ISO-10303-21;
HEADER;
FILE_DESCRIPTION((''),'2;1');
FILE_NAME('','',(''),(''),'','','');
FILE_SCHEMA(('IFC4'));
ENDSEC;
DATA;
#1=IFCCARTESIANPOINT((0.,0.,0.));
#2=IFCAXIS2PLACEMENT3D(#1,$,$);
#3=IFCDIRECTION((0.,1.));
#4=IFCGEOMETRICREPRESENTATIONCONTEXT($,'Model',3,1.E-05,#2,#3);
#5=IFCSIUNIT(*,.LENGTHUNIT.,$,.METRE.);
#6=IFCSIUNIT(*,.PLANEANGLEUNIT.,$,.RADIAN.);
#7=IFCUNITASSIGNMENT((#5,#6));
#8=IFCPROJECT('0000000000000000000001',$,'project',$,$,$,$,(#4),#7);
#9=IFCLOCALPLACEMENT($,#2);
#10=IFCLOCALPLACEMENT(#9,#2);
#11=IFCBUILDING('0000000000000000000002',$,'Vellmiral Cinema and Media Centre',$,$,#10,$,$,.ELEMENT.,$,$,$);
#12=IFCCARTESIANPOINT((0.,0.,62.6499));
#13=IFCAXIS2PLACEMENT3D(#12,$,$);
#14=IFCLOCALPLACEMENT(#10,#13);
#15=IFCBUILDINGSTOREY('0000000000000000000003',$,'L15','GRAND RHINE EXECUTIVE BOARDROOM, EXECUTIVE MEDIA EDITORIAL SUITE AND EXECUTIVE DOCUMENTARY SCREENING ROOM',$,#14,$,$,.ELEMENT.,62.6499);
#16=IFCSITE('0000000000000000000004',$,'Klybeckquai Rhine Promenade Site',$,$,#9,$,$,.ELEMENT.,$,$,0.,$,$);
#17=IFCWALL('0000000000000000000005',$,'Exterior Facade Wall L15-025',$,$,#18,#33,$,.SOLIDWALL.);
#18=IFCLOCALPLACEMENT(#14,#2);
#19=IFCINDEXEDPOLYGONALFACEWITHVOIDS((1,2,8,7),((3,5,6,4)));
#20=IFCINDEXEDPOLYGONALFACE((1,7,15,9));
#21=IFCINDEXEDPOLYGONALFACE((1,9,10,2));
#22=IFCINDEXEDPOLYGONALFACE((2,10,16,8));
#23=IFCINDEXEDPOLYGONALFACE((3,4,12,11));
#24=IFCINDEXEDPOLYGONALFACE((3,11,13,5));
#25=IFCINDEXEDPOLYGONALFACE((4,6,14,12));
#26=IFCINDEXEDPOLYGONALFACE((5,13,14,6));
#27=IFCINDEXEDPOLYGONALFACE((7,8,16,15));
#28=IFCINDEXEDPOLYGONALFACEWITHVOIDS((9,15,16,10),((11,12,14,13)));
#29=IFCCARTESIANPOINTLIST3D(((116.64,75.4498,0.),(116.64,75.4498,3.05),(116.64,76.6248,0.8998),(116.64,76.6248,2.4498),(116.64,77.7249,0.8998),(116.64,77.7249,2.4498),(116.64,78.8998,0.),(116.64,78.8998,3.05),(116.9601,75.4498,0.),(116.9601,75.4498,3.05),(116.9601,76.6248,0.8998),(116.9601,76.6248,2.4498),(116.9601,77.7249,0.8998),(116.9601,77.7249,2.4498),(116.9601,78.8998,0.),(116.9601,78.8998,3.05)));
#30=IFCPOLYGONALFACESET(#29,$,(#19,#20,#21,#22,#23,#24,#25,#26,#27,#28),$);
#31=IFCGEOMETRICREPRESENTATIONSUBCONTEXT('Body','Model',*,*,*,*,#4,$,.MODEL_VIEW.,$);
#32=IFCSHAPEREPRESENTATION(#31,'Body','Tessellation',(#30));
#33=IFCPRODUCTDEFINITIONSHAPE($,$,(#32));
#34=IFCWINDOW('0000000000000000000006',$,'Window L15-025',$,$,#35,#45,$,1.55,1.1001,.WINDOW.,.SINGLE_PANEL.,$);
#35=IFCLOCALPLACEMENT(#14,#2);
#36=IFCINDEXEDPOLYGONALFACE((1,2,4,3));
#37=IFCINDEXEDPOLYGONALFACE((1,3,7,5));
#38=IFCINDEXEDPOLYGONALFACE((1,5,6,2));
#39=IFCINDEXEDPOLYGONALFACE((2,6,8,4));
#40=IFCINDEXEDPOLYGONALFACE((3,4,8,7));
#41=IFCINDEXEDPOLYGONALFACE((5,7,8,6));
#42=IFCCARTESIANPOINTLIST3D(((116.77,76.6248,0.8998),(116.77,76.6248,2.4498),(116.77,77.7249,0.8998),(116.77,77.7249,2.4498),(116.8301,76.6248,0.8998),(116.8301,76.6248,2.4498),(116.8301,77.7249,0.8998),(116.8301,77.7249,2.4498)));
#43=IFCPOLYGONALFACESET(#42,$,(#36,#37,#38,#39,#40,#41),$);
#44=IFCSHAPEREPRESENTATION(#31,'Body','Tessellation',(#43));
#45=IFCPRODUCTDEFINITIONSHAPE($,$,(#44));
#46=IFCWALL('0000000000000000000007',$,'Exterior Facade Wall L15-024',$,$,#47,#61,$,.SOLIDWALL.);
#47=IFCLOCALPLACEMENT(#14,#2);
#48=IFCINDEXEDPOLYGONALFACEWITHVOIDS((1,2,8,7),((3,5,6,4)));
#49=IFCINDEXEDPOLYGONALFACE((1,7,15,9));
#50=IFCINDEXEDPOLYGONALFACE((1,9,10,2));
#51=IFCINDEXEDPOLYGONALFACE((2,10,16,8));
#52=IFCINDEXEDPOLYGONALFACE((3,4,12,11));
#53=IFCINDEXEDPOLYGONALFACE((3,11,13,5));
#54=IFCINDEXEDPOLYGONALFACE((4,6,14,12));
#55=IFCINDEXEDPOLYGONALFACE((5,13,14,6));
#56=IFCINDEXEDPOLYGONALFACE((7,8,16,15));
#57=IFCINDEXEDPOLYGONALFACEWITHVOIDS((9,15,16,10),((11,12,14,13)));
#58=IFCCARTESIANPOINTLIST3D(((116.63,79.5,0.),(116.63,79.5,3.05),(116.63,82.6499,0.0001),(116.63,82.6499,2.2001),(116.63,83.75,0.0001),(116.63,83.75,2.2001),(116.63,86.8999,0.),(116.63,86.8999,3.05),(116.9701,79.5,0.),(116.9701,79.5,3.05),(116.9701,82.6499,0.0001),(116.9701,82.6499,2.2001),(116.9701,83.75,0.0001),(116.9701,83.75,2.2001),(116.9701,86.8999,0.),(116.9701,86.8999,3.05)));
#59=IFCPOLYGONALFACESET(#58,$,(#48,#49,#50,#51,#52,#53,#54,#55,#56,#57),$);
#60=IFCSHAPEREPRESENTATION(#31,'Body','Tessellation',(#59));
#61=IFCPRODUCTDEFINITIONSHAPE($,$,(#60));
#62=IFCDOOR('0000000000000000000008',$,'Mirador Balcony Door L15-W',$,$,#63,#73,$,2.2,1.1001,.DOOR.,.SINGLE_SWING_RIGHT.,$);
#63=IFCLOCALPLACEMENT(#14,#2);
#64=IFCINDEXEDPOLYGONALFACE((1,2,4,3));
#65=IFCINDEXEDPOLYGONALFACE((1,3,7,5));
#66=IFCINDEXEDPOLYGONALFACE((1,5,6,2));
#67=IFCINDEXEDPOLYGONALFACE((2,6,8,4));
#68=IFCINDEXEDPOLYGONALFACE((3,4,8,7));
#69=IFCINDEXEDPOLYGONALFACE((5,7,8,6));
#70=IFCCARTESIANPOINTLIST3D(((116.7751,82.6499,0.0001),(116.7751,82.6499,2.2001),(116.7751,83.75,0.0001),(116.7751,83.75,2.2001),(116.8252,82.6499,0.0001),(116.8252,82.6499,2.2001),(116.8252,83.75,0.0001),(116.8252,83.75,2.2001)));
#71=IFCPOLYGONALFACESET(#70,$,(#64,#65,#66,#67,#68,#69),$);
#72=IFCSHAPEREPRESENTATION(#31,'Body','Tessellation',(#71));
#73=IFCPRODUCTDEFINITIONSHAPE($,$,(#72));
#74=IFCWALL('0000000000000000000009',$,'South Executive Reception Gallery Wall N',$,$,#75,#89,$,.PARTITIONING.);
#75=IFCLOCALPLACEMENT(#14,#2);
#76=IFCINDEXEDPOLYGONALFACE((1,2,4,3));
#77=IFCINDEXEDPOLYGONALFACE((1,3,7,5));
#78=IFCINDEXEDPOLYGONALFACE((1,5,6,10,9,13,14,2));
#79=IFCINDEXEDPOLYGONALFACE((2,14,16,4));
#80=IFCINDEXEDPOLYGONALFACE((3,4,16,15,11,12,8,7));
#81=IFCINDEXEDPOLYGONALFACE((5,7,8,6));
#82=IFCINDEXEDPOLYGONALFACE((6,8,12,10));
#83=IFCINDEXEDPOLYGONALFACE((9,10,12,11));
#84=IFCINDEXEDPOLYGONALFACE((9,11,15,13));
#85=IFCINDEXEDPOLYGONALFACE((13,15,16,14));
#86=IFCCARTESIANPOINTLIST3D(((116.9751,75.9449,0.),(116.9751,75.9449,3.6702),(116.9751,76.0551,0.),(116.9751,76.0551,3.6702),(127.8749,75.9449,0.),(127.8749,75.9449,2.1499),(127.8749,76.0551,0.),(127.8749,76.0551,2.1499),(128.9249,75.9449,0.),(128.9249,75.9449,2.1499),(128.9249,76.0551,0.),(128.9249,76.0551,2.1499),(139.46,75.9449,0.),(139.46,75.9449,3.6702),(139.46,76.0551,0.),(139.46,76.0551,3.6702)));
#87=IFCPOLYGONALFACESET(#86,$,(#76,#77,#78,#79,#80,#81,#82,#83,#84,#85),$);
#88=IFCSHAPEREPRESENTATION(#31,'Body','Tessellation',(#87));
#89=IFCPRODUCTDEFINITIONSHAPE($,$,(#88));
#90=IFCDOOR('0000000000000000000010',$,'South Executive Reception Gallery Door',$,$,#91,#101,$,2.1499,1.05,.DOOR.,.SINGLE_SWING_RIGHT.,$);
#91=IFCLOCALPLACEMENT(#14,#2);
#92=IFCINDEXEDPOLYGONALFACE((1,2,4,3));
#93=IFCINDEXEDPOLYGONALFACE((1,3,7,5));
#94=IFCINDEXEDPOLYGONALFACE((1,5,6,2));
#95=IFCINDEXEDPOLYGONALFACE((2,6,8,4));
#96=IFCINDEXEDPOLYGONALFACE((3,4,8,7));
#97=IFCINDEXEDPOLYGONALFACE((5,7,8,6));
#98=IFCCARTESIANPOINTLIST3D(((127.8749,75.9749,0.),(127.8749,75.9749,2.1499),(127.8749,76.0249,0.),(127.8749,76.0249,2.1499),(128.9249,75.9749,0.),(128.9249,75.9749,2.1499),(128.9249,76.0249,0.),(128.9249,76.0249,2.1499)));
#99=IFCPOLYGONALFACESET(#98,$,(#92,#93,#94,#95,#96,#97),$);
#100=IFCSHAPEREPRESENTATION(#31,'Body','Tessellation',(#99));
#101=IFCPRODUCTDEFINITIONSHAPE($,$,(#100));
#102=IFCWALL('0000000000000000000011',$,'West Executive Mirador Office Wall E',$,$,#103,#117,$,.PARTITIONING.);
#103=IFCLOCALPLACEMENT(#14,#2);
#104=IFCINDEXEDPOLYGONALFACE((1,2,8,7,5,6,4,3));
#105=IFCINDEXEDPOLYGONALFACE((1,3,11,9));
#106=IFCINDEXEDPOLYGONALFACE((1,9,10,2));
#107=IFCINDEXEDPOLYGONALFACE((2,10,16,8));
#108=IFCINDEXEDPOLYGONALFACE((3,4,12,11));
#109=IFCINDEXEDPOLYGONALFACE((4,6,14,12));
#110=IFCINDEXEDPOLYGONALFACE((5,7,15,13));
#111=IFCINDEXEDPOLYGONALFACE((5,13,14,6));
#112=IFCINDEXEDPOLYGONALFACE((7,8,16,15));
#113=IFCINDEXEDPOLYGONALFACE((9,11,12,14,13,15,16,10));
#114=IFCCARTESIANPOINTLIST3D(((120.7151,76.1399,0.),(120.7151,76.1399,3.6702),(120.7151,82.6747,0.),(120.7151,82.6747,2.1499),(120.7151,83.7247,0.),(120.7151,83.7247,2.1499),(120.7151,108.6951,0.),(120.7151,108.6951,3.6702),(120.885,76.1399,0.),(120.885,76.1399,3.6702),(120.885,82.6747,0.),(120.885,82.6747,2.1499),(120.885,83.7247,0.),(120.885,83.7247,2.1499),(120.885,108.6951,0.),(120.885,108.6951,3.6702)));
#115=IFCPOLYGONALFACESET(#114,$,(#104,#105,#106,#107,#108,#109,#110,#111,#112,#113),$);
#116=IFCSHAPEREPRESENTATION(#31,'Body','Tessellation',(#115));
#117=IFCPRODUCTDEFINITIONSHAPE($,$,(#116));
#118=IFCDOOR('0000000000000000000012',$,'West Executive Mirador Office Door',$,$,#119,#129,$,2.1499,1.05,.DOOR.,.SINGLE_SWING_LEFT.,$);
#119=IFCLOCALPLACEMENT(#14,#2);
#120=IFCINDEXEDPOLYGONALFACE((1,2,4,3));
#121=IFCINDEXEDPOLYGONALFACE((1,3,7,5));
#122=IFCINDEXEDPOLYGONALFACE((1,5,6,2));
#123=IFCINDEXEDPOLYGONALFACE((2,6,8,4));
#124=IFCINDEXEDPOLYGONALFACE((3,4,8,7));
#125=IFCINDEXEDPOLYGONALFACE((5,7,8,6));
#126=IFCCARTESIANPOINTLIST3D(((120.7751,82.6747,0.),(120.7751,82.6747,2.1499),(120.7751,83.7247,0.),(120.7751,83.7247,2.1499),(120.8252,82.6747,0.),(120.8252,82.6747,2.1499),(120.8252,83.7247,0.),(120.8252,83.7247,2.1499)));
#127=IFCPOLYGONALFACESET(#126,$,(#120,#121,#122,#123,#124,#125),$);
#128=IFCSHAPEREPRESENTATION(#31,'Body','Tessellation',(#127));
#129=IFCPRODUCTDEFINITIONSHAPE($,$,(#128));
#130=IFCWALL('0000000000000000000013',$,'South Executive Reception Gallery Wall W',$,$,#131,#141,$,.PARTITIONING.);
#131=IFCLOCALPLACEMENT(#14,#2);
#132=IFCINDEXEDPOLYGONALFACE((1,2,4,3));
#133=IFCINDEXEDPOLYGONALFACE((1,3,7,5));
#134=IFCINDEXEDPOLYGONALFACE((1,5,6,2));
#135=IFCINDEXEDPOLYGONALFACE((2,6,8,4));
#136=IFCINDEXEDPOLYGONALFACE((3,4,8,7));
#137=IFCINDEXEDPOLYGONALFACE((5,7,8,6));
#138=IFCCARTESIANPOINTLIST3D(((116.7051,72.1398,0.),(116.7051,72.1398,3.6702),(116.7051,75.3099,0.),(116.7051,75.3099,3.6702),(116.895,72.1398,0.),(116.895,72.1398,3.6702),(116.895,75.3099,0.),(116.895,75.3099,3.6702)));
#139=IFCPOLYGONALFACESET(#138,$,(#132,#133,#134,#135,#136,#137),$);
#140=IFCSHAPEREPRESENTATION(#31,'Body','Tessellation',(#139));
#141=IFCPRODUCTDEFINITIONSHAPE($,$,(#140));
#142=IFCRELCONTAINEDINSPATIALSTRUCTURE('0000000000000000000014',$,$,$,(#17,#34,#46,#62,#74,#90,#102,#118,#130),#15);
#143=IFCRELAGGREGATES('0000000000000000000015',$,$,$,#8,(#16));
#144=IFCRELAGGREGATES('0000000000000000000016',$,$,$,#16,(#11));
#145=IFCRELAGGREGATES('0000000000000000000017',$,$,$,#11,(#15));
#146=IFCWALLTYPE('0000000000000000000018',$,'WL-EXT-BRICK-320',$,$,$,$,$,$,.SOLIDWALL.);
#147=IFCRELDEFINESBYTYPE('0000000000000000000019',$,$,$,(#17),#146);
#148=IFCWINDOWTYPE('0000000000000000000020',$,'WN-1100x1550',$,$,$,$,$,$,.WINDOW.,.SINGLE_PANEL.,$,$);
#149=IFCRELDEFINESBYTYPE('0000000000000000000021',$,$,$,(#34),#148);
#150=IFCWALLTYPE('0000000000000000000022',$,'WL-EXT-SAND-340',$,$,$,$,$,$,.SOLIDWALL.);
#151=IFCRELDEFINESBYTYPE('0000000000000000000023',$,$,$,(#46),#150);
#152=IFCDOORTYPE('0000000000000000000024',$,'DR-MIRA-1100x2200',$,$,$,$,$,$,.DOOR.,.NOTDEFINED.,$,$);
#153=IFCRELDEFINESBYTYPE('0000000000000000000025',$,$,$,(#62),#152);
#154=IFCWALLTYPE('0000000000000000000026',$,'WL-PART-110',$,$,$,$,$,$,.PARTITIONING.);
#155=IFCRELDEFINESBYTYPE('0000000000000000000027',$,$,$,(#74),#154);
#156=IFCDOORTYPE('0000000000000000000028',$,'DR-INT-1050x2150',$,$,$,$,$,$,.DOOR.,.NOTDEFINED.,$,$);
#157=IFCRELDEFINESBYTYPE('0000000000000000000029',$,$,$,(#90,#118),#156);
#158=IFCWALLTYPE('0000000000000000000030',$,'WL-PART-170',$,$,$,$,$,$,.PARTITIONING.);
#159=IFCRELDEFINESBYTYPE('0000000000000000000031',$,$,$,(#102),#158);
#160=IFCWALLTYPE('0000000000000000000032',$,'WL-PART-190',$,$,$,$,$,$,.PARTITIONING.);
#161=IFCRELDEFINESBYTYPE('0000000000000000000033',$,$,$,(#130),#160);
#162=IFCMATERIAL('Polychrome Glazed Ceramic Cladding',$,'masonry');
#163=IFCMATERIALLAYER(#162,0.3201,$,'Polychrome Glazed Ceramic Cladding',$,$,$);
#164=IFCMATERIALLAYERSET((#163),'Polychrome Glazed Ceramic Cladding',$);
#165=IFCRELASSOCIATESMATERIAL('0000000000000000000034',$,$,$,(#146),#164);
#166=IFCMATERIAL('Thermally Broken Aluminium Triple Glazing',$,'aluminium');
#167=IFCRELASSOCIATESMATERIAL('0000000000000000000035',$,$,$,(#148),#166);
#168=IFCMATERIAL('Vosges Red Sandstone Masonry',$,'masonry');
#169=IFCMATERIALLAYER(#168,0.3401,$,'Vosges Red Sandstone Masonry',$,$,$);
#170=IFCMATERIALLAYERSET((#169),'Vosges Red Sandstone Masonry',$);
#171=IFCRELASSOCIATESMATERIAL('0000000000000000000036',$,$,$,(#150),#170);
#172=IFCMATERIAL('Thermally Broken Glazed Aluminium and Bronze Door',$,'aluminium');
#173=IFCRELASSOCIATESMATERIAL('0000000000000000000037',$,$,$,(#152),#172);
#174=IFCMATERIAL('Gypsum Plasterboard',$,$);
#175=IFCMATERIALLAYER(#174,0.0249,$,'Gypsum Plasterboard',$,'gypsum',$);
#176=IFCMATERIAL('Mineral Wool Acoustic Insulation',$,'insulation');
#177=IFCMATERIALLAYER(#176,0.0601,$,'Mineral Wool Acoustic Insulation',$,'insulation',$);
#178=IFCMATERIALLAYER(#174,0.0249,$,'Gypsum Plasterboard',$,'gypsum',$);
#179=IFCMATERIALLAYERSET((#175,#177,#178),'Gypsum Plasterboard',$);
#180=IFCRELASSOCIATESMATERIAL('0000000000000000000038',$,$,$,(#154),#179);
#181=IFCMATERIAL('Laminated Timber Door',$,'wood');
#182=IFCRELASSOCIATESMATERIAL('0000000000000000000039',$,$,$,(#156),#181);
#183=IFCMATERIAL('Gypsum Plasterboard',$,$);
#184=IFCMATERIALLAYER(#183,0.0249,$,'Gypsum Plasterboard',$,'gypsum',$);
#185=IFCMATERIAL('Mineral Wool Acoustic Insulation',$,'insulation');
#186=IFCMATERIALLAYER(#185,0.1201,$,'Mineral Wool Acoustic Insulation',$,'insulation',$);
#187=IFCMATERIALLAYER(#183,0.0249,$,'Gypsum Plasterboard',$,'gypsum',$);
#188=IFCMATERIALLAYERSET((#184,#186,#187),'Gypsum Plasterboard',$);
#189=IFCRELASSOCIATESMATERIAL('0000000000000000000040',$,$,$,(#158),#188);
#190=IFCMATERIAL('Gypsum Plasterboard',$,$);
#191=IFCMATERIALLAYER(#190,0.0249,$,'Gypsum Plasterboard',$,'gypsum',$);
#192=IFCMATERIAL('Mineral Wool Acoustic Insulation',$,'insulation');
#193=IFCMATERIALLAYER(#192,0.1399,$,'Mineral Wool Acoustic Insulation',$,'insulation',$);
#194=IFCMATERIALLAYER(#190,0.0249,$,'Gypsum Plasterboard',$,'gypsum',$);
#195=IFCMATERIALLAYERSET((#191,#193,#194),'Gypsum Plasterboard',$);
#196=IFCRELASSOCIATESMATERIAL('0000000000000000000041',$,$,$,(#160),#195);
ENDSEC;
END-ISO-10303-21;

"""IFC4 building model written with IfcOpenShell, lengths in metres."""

from ifc_helpers import new_model, si_unit, direction, frame, frame_2d, origin, place, context, subcontext, project, spatial, rectangle, extrude, material, layer, layer_set, type_object, element, fill, save


model = new_model("IFC4")

# Units and contexts
model_context = context("Model", 3, precision=1e-05, world=origin(), true_north=direction((0.0, 1.0)))
body_context = subcontext(model_context, "Body", "Model", "MODEL_VIEW")
ifc_project = project(units=[si_unit("LENGTHUNIT", "METRE"), si_unit("PLANEANGLEUNIT", "RADIAN")], contexts=[model_context])

# Site, building, storey
site_placement = place(None, origin())
site = spatial("IfcSite", under=ifc_project, at=site_placement, Name="Klybeckquai Rhine Promenade Site", CompositionType="ELEMENT", RefElevation=0.0)
building_placement = place(site_placement, origin())
building = spatial("IfcBuilding", under=site, at=building_placement, Name="Vellmiral Cinema and Media Centre", CompositionType="ELEMENT")
storey_placement = place(building_placement, frame((0.0, 0.0, 62.6499)))
storey = spatial("IfcBuildingStorey", under=building, at=storey_placement, Name="L15", Description="GRAND RHINE EXECUTIVE BOARDROOM, EXECUTIVE MEDIA EDITORIAL SUITE AND EXECUTIVE DOCUMENTARY SCREENING ROOM", CompositionType="ELEMENT", Elevation=62.6499)

# Wall, opening, window
ifc_material_1 = material(Name="Polychrome Glazed Ceramic Cladding", Category="masonry")
ifc_layer_1 = layer(ifc_material_1, 0.3201, Name="Polychrome Glazed Ceramic Cladding")
ifc_layer_set_1 = layer_set([ifc_layer_1], Name="Polychrome Glazed Ceramic Cladding")
wall_type_1 = type_object("IfcWallType", Name="WL-EXT-BRICK-320", PredefinedType="SOLIDWALL", material=ifc_layer_set_1)
wall_1_placement = place(storey_placement, frame((116.8, 78.8999, 0.0), z_axis=(0.0, 0.0, 1.0), x_axis=(0.0, -1.0, 0.0)))
wall_1 = element("IfcWall", 1, at=wall_1_placement, inside=storey, type_object=wall_type_1, Name="Exterior Facade Wall L15-025", PredefinedType="SOLIDWALL", context=body_context, shape_type="SweptSolid", body=[
    extrude(rectangle(XDim=3.45, YDim=0.3201, at=frame_2d((1.7251, 0.0))), origin(), (0.0, 0.0, 1.0), 3.05),
])
opening_1_placement = place(wall_1_placement, frame((1.175, 0.0, 0.8999)))
opening_1 = element("IfcOpeningElement", 2, at=opening_1_placement, cuts=wall_1, PredefinedType="OPENING", context=body_context, shape_type="SweptSolid", body=[
    extrude(rectangle(XDim=1.1001, YDim=1.55, at=frame_2d((0.55, 0.7749))), frame((0.0, 0.1719, 0.0), z_axis=(0.0, -1.0, 0.0), x_axis=(1.0, 0.0, 0.0)), (0.0, 0.0, 1.0), 0.344),
])
ifc_material_2 = material(Name="Thermally Broken Aluminium Triple Glazing", Category="aluminium")
window_type_1 = type_object("IfcWindowType", Name="WN-1100x1550", PartitioningType="SINGLE_PANEL", PredefinedType="WINDOW", material=ifc_material_2)
window_1_placement = place(opening_1_placement, origin())
window_1 = element("IfcWindow", 3, at=window_1_placement, inside=storey, type_object=window_type_1, Name="Window L15-025", OverallHeight=1.55, OverallWidth=1.1001, PartitioningType="SINGLE_PANEL", PredefinedType="WINDOW", context=body_context, shape_type="SweptSolid", body=[
    extrude(rectangle(XDim=1.1001, YDim=1.55, at=frame_2d((0.55, 0.7749))), frame((0.0, 0.03, 0.0), z_axis=(0.0, -1.0, 0.0), x_axis=(1.0, 0.0, 0.0)), (0.0, 0.0, 1.0), 0.0601),
])
fill(opening_1, window_1)

# Walls, openings, doors
ifc_material_3 = material(Name="Vosges Red Sandstone Masonry", Category="masonry")
ifc_layer_2 = layer(ifc_material_3, 0.3401, Name="Vosges Red Sandstone Masonry")
ifc_layer_set_2 = layer_set([ifc_layer_2], Name="Vosges Red Sandstone Masonry")
wall_type_2 = type_object("IfcWallType", Name="WL-EXT-SAND-340", PredefinedType="SOLIDWALL", material=ifc_layer_set_2)
wall_2_placement = place(storey_placement, frame((116.8, 86.8999, 0.0), z_axis=(0.0, 0.0, 1.0), x_axis=(0.0, -1.0, 0.0)))
wall_2 = element("IfcWall", 4, at=wall_2_placement, inside=storey, type_object=wall_type_2, Name="Exterior Facade Wall L15-024", PredefinedType="SOLIDWALL", context=body_context, shape_type="SweptSolid", body=[
    extrude(rectangle(XDim=7.3999, YDim=0.3401, at=frame_2d((3.7, 0.0))), origin(), (0.0, 0.0, 1.0), 3.05),
])
opening_2_placement = place(wall_2_placement, frame((3.1499, 0.0, 0.0)))
opening_2 = element("IfcOpeningElement", 5, at=opening_2_placement, cuts=wall_2, PredefinedType="OPENING", context=body_context, shape_type="SweptSolid", body=[
    extrude(rectangle(XDim=1.1001, YDim=2.2, at=frame_2d((0.55, 1.1001))), frame((0.0, 0.1821, 0.0), z_axis=(0.0, -1.0, 0.0), x_axis=(1.0, 0.0, 0.0)), (0.0, 0.0, 1.0), 0.364),
])
ifc_material_4 = material(Name="Thermally Broken Glazed Aluminium and Bronze Door", Category="aluminium")
door_type_1 = type_object("IfcDoorType", Name="DR-MIRA-1100x2200", OperationType="NOTDEFINED", PredefinedType="DOOR", material=ifc_material_4)
door_1_placement = place(opening_2_placement, frame((1.1001, 0.0, 0.0), z_axis=(0.0, 0.0, 1.0), x_axis=(-1.0, 0.0, 0.0)))
door_1 = element("IfcDoor", 6, at=door_1_placement, inside=storey, type_object=door_type_1, Name="Mirador Balcony Door L15-W", OperationType="SINGLE_SWING_RIGHT", OverallHeight=2.2, OverallWidth=1.1001, PredefinedType="DOOR", context=body_context, shape_type="SweptSolid", body=[
    extrude(rectangle(XDim=1.1001, YDim=2.2, at=frame_2d((0.55, 1.1001))), frame((0.0, 0.0249, 0.0), z_axis=(0.0, -1.0, 0.0), x_axis=(1.0, 0.0, 0.0)), (0.0, 0.0, 1.0), 0.05),
])
fill(opening_2, door_1)
ifc_material_5 = material(Name="Gypsum Plasterboard")
ifc_layer_3 = layer(ifc_material_5, 0.0249, Name="Gypsum Plasterboard", Category="gypsum")
ifc_material_6 = material(Name="Mineral Wool Acoustic Insulation", Category="insulation")
ifc_layer_4 = layer(ifc_material_6, 0.0601, Name="Mineral Wool Acoustic Insulation", Category="insulation")
ifc_layer_5 = layer(ifc_material_5, 0.0249, Name="Gypsum Plasterboard", Category="gypsum")
ifc_layer_set_3 = layer_set([ifc_layer_3, ifc_layer_4, ifc_layer_5], Name="Gypsum Plasterboard")
wall_type_3 = type_object("IfcWallType", Name="WL-PART-110", PredefinedType="PARTITIONING", material=ifc_layer_set_3)
wall_3_placement = place(storey_placement, frame((116.9751, 76.0, 0.0), z_axis=(0.0, 0.0, 1.0), x_axis=(1.0, 0.0, 0.0)))
wall_3 = element("IfcWall", 7, at=wall_3_placement, inside=storey, type_object=wall_type_3, Name="South Executive Reception Gallery Wall N", PredefinedType="PARTITIONING", context=body_context, shape_type="SweptSolid", body=[
    extrude(rectangle(XDim=22.4849, YDim=0.1101, at=frame_2d((11.2424, 0.0))), origin(), (0.0, 0.0, 1.0), 3.6702),
])
opening_3_placement = place(wall_3_placement, frame((10.8999, 0.0, 0.0)))
opening_3 = element("IfcOpeningElement", 8, at=opening_3_placement, cuts=wall_3, PredefinedType="OPENING", context=body_context, shape_type="SweptSolid", body=[
    extrude(rectangle(XDim=1.05, YDim=2.1499, at=frame_2d((0.5249, 1.075))), frame((0.0, 0.0669, 0.0), z_axis=(0.0, -1.0, 0.0), x_axis=(1.0, 0.0, 0.0)), (0.0, 0.0, 1.0), 0.134),
])
ifc_material_7 = material(Name="Laminated Timber Door", Category="wood")
door_type_2 = type_object("IfcDoorType", Name="DR-INT-1050x2150", OperationType="NOTDEFINED", PredefinedType="DOOR", material=ifc_material_7)
door_2_placement = place(opening_3_placement, origin())
door_2 = element("IfcDoor", 9, at=door_2_placement, inside=storey, type_object=door_type_2, Name="South Executive Reception Gallery Door", OperationType="SINGLE_SWING_RIGHT", OverallHeight=2.1499, OverallWidth=1.05, PredefinedType="DOOR", context=body_context, shape_type="SweptSolid", body=[
    extrude(rectangle(XDim=1.05, YDim=2.1499, at=frame_2d((0.5249, 1.075))), frame((0.0, 0.0249, 0.0), z_axis=(0.0, -1.0, 0.0), x_axis=(1.0, 0.0, 0.0)), (0.0, 0.0, 1.0), 0.05),
])
fill(opening_3, door_2)
ifc_material_8 = material(Name="Gypsum Plasterboard")
ifc_layer_6 = layer(ifc_material_8, 0.0249, Name="Gypsum Plasterboard", Category="gypsum")
ifc_material_9 = material(Name="Mineral Wool Acoustic Insulation", Category="insulation")
ifc_layer_7 = layer(ifc_material_9, 0.1201, Name="Mineral Wool Acoustic Insulation", Category="insulation")
ifc_layer_8 = layer(ifc_material_8, 0.0249, Name="Gypsum Plasterboard", Category="gypsum")
ifc_layer_set_4 = layer_set([ifc_layer_6, ifc_layer_7, ifc_layer_8], Name="Gypsum Plasterboard")
wall_type_4 = type_object("IfcWallType", Name="WL-PART-170", PredefinedType="PARTITIONING", material=ifc_layer_set_4)
wall_4_placement = place(storey_placement, frame((120.8, 76.1399, 0.0), z_axis=(0.0, 0.0, 1.0), x_axis=(0.0, 1.0, 0.0)))
wall_4 = element("IfcWall", 10, at=wall_4_placement, inside=storey, type_object=wall_type_4, Name="West Executive Mirador Office Wall E", PredefinedType="PARTITIONING", context=body_context, shape_type="SweptSolid", body=[
    extrude(rectangle(XDim=32.5552, YDim=0.1699, at=frame_2d((16.2776, 0.0))), origin(), (0.0, 0.0, 1.0), 3.6702),
])
opening_4_placement = place(wall_4_placement, frame((6.5349, 0.0, 0.0)))
opening_4 = element("IfcOpeningElement", 11, at=opening_4_placement, cuts=wall_4, PredefinedType="OPENING", context=body_context, shape_type="SweptSolid", body=[
    extrude(rectangle(XDim=1.05, YDim=2.1499, at=frame_2d((0.5249, 1.075))), frame((0.0, 0.0969, 0.0), z_axis=(0.0, -1.0, 0.0), x_axis=(1.0, 0.0, 0.0)), (0.0, 0.0, 1.0), 0.1938),
])
door_3_placement = place(opening_4_placement, origin())
door_3 = element("IfcDoor", 12, at=door_3_placement, inside=storey, type_object=door_type_2, Name="West Executive Mirador Office Door", OperationType="SINGLE_SWING_LEFT", OverallHeight=2.1499, OverallWidth=1.05, PredefinedType="DOOR", context=body_context, shape_type="SweptSolid", body=[
    extrude(rectangle(XDim=1.05, YDim=2.1499, at=frame_2d((0.5249, 1.075))), frame((0.0, 0.0249, 0.0), z_axis=(0.0, -1.0, 0.0), x_axis=(1.0, 0.0, 0.0)), (0.0, 0.0, 1.0), 0.05),
])
fill(opening_4, door_3)

# Wall
ifc_material_10 = material(Name="Gypsum Plasterboard")
ifc_layer_9 = layer(ifc_material_10, 0.0249, Name="Gypsum Plasterboard", Category="gypsum")
ifc_material_11 = material(Name="Mineral Wool Acoustic Insulation", Category="insulation")
ifc_layer_10 = layer(ifc_material_11, 0.1399, Name="Mineral Wool Acoustic Insulation", Category="insulation")
ifc_layer_11 = layer(ifc_material_10, 0.0249, Name="Gypsum Plasterboard", Category="gypsum")
ifc_layer_set_5 = layer_set([ifc_layer_9, ifc_layer_10, ifc_layer_11], Name="Gypsum Plasterboard")
wall_type_5 = type_object("IfcWallType", Name="WL-PART-190", PredefinedType="PARTITIONING", material=ifc_layer_set_5)
wall_5_placement = place(storey_placement, frame((116.8, 72.1399, 0.0), z_axis=(0.0, 0.0, 1.0), x_axis=(0.0, 1.0, 0.0)))
element("IfcWall", 13, at=wall_5_placement, inside=storey, type_object=wall_type_5, Name="South Executive Reception Gallery Wall W", PredefinedType="PARTITIONING", context=body_context, shape_type="SweptSolid", body=[
    extrude(rectangle(XDim=3.1702, YDim=0.1899, at=frame_2d((1.585, 0.0))), origin(), (0.0, 0.0, 1.0), 3.6702),
])

save(model, "model.ifc")
